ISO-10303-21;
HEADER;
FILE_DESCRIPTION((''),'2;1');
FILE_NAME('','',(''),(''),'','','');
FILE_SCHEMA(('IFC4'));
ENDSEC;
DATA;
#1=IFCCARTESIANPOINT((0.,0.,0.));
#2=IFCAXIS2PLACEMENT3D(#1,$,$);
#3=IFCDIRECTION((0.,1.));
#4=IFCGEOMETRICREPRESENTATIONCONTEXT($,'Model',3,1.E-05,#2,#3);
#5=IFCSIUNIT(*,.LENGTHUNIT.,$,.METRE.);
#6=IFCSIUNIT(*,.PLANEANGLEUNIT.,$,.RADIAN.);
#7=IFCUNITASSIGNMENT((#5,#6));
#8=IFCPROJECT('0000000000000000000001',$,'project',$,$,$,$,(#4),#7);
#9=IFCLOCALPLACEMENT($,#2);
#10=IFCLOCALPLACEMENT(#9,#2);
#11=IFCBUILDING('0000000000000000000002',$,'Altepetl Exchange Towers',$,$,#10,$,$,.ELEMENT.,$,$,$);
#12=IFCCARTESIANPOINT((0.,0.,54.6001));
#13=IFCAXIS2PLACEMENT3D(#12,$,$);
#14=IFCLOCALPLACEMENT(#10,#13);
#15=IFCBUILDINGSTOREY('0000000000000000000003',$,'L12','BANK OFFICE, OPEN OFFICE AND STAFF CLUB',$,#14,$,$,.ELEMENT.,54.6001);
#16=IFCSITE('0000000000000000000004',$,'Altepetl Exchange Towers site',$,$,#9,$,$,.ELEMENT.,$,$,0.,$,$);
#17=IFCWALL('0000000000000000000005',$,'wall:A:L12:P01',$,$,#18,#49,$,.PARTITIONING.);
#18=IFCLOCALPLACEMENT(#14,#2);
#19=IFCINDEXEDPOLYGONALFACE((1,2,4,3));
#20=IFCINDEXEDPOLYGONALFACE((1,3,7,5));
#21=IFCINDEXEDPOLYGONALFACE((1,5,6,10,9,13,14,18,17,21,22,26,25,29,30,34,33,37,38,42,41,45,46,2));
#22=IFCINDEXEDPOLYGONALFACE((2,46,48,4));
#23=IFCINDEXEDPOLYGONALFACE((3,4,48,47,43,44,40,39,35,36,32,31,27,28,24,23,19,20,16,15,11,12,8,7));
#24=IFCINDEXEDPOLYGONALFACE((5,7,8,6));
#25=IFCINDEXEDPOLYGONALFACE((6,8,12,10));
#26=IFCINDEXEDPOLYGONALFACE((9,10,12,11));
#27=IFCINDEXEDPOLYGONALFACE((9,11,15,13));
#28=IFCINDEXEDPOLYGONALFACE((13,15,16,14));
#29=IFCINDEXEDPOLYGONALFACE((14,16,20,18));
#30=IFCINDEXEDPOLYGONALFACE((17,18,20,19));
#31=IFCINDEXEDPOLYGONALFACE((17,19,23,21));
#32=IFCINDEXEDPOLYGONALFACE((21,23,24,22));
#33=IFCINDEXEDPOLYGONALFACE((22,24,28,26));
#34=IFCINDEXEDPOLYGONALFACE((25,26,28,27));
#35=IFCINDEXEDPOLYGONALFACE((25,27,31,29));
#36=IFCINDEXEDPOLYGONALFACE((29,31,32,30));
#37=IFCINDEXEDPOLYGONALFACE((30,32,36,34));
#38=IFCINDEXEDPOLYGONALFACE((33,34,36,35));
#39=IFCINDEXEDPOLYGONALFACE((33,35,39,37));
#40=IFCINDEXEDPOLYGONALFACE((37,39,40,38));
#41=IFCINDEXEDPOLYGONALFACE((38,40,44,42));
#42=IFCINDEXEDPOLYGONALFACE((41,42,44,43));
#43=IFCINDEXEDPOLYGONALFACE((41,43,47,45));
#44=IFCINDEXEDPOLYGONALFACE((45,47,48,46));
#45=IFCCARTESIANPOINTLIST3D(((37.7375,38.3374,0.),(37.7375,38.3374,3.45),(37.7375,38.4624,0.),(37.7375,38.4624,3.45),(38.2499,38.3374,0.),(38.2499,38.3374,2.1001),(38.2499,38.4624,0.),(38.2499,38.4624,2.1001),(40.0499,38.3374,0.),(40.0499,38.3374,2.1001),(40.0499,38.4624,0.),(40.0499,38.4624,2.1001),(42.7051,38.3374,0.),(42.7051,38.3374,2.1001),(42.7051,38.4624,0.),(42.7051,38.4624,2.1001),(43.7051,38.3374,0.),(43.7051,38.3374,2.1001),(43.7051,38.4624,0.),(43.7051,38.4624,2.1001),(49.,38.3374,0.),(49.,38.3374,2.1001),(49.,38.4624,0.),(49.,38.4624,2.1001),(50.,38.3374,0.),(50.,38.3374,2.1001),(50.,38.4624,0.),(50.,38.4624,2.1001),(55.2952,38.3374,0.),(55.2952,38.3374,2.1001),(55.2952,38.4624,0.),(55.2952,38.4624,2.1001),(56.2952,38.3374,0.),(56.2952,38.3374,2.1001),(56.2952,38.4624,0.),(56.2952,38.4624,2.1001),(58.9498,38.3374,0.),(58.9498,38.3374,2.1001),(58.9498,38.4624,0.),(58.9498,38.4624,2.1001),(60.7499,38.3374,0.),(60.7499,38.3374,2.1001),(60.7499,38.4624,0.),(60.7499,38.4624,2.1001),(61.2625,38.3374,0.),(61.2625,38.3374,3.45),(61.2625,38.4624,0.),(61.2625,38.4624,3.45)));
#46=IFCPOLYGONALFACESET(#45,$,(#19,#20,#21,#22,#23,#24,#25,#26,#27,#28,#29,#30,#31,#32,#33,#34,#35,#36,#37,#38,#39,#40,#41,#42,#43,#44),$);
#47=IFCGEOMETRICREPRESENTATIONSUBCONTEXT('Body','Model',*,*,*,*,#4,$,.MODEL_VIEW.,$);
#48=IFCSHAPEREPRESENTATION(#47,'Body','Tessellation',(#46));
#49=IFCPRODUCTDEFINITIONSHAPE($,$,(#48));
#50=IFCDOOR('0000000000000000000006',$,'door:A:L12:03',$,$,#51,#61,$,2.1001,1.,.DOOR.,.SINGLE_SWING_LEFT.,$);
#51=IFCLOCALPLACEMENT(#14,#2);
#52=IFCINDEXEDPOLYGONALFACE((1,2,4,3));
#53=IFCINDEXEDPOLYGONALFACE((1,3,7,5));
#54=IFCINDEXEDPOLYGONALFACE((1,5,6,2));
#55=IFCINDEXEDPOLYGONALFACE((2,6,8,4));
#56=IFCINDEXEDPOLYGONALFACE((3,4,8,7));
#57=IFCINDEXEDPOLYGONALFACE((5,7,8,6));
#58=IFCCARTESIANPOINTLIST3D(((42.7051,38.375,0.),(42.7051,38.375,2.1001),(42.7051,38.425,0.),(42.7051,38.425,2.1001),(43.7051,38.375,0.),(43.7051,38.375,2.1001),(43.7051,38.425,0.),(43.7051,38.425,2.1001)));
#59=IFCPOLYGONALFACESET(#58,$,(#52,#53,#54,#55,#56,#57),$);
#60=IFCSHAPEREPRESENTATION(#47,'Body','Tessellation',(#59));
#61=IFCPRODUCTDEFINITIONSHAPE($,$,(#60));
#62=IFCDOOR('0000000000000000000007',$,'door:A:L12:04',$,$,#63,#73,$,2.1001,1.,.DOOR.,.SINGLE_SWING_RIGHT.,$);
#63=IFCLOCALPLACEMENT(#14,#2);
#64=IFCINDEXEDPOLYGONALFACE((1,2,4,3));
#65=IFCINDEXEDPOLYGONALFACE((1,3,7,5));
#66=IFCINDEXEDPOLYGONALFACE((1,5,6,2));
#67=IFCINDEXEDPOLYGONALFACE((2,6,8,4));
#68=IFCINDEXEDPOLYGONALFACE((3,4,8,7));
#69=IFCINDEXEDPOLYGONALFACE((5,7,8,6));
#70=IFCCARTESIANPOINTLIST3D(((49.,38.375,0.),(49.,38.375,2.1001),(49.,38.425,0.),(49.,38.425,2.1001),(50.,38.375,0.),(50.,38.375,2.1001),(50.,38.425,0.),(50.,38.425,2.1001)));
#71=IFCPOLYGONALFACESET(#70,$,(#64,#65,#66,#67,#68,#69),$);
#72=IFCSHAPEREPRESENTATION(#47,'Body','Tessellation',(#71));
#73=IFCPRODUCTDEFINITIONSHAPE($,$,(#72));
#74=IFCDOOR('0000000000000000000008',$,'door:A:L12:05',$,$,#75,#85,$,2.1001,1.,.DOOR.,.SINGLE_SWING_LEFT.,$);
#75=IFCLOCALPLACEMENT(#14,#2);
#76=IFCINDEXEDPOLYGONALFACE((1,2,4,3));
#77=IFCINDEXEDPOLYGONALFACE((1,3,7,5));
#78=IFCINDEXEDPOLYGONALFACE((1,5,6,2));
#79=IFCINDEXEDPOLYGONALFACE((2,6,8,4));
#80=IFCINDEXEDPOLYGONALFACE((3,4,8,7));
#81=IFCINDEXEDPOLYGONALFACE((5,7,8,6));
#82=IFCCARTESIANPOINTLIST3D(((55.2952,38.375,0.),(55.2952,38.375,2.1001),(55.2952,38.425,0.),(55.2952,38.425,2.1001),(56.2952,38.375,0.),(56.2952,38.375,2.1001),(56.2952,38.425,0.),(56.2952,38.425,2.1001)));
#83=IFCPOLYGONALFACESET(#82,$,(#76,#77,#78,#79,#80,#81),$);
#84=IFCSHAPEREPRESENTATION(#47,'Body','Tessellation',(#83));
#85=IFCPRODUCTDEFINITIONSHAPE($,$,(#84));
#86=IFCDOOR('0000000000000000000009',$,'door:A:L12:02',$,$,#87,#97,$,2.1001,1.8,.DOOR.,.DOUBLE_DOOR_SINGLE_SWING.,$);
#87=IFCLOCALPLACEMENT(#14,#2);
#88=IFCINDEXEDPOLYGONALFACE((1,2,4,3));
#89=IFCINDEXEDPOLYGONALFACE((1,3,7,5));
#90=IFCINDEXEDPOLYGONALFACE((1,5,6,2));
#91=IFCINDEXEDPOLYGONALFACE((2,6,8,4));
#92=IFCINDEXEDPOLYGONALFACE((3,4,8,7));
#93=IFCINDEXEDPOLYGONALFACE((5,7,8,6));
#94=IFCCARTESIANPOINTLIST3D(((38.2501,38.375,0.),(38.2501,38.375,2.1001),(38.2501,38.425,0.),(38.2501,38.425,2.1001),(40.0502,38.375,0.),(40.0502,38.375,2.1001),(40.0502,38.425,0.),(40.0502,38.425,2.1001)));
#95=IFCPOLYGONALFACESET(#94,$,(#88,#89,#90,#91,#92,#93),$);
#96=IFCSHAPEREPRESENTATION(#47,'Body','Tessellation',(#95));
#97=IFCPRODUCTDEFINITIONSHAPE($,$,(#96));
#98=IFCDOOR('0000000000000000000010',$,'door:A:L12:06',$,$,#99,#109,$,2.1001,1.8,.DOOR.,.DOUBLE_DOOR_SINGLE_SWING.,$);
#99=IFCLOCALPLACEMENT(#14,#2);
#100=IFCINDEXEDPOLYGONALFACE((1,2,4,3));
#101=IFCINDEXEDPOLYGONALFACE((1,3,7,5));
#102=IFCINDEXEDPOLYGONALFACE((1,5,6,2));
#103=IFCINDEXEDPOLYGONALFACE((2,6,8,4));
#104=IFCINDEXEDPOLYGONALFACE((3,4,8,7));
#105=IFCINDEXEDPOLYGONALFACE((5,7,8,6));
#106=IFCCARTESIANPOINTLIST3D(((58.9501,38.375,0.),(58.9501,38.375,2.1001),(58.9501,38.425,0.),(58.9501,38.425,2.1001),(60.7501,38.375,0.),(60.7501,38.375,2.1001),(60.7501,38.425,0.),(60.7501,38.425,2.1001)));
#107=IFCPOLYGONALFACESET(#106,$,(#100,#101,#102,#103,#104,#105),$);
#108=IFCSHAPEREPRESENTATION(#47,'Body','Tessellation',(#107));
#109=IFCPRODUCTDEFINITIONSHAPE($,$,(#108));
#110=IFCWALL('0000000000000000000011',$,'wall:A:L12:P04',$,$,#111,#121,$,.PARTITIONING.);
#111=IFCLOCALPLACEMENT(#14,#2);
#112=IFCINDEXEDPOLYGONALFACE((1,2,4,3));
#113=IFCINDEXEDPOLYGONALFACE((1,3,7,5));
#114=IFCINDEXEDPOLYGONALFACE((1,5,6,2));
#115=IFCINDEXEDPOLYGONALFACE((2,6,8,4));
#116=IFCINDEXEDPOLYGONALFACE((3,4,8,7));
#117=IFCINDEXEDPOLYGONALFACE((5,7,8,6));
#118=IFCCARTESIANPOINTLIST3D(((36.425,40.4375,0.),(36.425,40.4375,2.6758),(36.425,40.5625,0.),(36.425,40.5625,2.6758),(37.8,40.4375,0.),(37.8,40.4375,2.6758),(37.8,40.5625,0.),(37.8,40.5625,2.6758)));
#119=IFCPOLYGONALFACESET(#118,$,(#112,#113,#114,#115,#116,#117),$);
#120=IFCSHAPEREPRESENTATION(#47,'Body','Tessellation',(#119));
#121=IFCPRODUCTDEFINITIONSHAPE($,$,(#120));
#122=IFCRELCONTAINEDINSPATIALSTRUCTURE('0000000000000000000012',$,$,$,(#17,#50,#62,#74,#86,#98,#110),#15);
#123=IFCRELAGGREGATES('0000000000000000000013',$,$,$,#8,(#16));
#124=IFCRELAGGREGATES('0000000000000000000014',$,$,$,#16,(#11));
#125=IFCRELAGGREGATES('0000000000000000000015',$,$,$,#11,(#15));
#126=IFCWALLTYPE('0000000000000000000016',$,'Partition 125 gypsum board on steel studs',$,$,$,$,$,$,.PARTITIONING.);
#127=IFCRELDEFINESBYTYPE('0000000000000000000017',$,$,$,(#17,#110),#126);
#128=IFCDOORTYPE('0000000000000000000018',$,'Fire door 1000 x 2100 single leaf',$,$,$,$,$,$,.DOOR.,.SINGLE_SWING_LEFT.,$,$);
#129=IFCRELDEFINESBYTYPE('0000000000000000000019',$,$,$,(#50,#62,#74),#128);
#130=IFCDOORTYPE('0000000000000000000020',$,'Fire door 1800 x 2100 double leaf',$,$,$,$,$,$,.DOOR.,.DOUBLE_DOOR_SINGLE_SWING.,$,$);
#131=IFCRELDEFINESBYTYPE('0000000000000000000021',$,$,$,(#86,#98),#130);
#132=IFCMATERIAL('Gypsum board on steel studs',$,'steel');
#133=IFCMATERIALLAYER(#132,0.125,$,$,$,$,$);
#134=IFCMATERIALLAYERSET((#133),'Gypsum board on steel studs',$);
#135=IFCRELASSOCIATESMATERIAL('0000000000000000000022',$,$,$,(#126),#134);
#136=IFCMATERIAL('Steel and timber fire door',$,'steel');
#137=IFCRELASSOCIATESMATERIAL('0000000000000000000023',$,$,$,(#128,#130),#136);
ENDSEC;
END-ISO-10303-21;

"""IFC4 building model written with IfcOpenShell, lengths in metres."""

from ifc_helpers import new_model, si_unit, direction, frame, frame_2d, origin, place, context, subcontext, project, spatial, rectangle, extrude, material, layer, layer_set, type_object, element, fill, save


model = new_model("IFC4")

# Units and contexts
model_context = context("Model", 3, precision=1e-05, world=origin(), true_north=direction((0.0, 1.0)))
body_context = subcontext(model_context, "Body", "Model", "MODEL_VIEW")
ifc_project = project(units=[si_unit("LENGTHUNIT", "METRE"), si_unit("PLANEANGLEUNIT", "RADIAN")], contexts=[model_context])

# Site, building, storey
site_placement = place(None, origin())
site = spatial("IfcSite", under=ifc_project, at=site_placement, Name="Altepetl Exchange Towers site", CompositionType="ELEMENT", RefElevation=0.0)
building_placement = place(site_placement, origin())
building = spatial("IfcBuilding", under=site, at=building_placement, Name="Altepetl Exchange Towers", CompositionType="ELEMENT")
storey_placement = place(building_placement, frame((0.0, 0.0, 54.6001)))
storey = spatial("IfcBuildingStorey", under=building, at=storey_placement, Name="L12", Description="BANK OFFICE, OPEN OFFICE AND STAFF CLUB", CompositionType="ELEMENT", Elevation=54.6001)

# Wall, openings, doors
ifc_material_1 = material(Name="Steel and timber fire door", Category="steel")
ifc_material_2 = material(Name="Gypsum board on steel studs", Category="steel")
ifc_layer_1 = layer(ifc_material_2, 0.125)
ifc_layer_set_1 = layer_set([ifc_layer_1], Name="Gypsum board on steel studs")
wall_type_1 = type_object("IfcWallType", Name="Partition 125 gypsum board on steel studs", PredefinedType="PARTITIONING", material=ifc_layer_set_1)
wall_1_placement = place(storey_placement, frame((37.7375, 38.3999, 0.0)))
wall_1 = element("IfcWall", 1, at=wall_1_placement, inside=storey, type_object=wall_type_1, Name="wall:A:L12:P01", PredefinedType="PARTITIONING", context=body_context, shape_type="SweptSolid", body=[
    extrude(rectangle(XDim=23.5249, YDim=0.125, at=frame_2d((11.7625, 0.0))), origin(), (0.0, 0.0, 1.0), 3.45),
])
opening_1_placement = place(wall_1_placement, frame((0.5125, 0.0, 0.0)))
opening_1 = element("IfcOpeningElement", 2, at=opening_1_placement, cuts=wall_1, PredefinedType="OPENING", context=body_context, shape_type="SweptSolid", body=[
    extrude(rectangle(XDim=1.8, YDim=2.1001, at=frame_2d((0.8999, 1.05))), frame((0.0, 0.0725, 0.0), z_axis=(0.0, -1.0, 0.0), x_axis=(1.0, 0.0, 0.0)), (0.0, 0.0, 1.0), 0.145),
])
opening_2_placement = place(wall_1_placement, frame((4.9675, 0.0, 0.0)))
opening_2 = element("IfcOpeningElement", 3, at=opening_2_placement, cuts=wall_1, PredefinedType="OPENING", context=body_context, shape_type="SweptSolid", body=[
    extrude(rectangle(XDim=1.0, YDim=2.1001, at=frame_2d((0.5, 1.05))), frame((0.0, 0.0725, 0.0), z_axis=(0.0, -1.0, 0.0), x_axis=(1.0, 0.0, 0.0)), (0.0, 0.0, 1.0), 0.145),
])
opening_3_placement = place(wall_1_placement, frame((11.2625, 0.0, 0.0)))
opening_3 = element("IfcOpeningElement", 4, at=opening_3_placement, cuts=wall_1, PredefinedType="OPENING", context=body_context, shape_type="SweptSolid", body=[
    extrude(rectangle(XDim=1.0, YDim=2.1001, at=frame_2d((0.5, 1.05))), frame((0.0, 0.0725, 0.0), z_axis=(0.0, -1.0, 0.0), x_axis=(1.0, 0.0, 0.0)), (0.0, 0.0, 1.0), 0.145),
])
opening_4_placement = place(wall_1_placement, frame((17.5576, 0.0, 0.0)))
opening_4 = element("IfcOpeningElement", 5, at=opening_4_placement, cuts=wall_1, PredefinedType="OPENING", context=body_context, shape_type="SweptSolid", body=[
    extrude(rectangle(XDim=1.0, YDim=2.1001, at=frame_2d((0.5, 1.05))), frame((0.0, 0.0725, 0.0), z_axis=(0.0, -1.0, 0.0), x_axis=(1.0, 0.0, 0.0)), (0.0, 0.0, 1.0), 0.145),
])
opening_5_placement = place(wall_1_placement, frame((21.2124, 0.0, 0.0)))
opening_5 = element("IfcOpeningElement", 6, at=opening_5_placement, cuts=wall_1, PredefinedType="OPENING", context=body_context, shape_type="SweptSolid", body=[
    extrude(rectangle(XDim=1.8, YDim=2.1001, at=frame_2d((0.8999, 1.05))), frame((0.0, 0.0725, 0.0), z_axis=(0.0, -1.0, 0.0), x_axis=(1.0, 0.0, 0.0)), (0.0, 0.0, 1.0), 0.145),
])
door_type_1 = type_object("IfcDoorType", Name="Fire door 1000 x 2100 single leaf", OperationType="SINGLE_SWING_LEFT", PredefinedType="DOOR", material=ifc_material_1)
door_1_placement = place(opening_2_placement, frame((1.0, 0.0, 0.0), x_axis=(-1.0, 0.0, 0.0)))
door_1 = element("IfcDoor", 7, at=door_1_placement, inside=storey, type_object=door_type_1, Name="door:A:L12:03", OperationType="SINGLE_SWING_LEFT", OverallHeight=2.1001, OverallWidth=1.0, PredefinedType="DOOR", context=body_context, shape_type="SweptSolid", body=[
    extrude(rectangle(XDim=1.0, YDim=2.1001, at=frame_2d((0.5, 1.05))), frame((0.0, 0.0249, 0.0), z_axis=(0.0, -1.0, 0.0), x_axis=(1.0, 0.0, 0.0)), (0.0, 0.0, 1.0), 0.05),
])
fill(opening_2, door_1)
door_2_placement = place(opening_3_placement, frame((1.0, 0.0, 0.0), x_axis=(-1.0, 0.0, 0.0)))
door_2 = element("IfcDoor", 8, at=door_2_placement, inside=storey, type_object=door_type_1, Name="door:A:L12:04", OperationType="SINGLE_SWING_RIGHT", OverallHeight=2.1001, OverallWidth=1.0, PredefinedType="DOOR", context=body_context, shape_type="SweptSolid", body=[
    extrude(rectangle(XDim=1.0, YDim=2.1001, at=frame_2d((0.5, 1.05))), frame((0.0, 0.0249, 0.0), z_axis=(0.0, -1.0, 0.0), x_axis=(1.0, 0.0, 0.0)), (0.0, 0.0, 1.0), 0.05),
])
fill(opening_3, door_2)
door_3_placement = place(opening_4_placement, frame((1.0, 0.0, 0.0), x_axis=(-1.0, 0.0, 0.0)))
door_3 = element("IfcDoor", 9, at=door_3_placement, inside=storey, type_object=door_type_1, Name="door:A:L12:05", OperationType="SINGLE_SWING_LEFT", OverallHeight=2.1001, OverallWidth=1.0, PredefinedType="DOOR", context=body_context, shape_type="SweptSolid", body=[
    extrude(rectangle(XDim=1.0, YDim=2.1001, at=frame_2d((0.5, 1.05))), frame((0.0, 0.0249, 0.0), z_axis=(0.0, -1.0, 0.0), x_axis=(1.0, 0.0, 0.0)), (0.0, 0.0, 1.0), 0.05),
])
fill(opening_4, door_3)
door_type_2 = type_object("IfcDoorType", Name="Fire door 1800 x 2100 double leaf", OperationType="DOUBLE_DOOR_SINGLE_SWING", PredefinedType="DOOR", material=ifc_material_1)
door_4_placement = place(opening_1_placement, frame((1.8, 0.0, 0.0), x_axis=(-1.0, 0.0, 0.0)))
door_4 = element("IfcDoor", 10, at=door_4_placement, inside=storey, type_object=door_type_2, Name="door:A:L12:02", OperationType="DOUBLE_DOOR_SINGLE_SWING", OverallHeight=2.1001, OverallWidth=1.8, PredefinedType="DOOR", context=body_context, shape_type="SweptSolid", body=[
    extrude(rectangle(XDim=1.8, YDim=2.1001, at=frame_2d((0.8999, 1.05))), frame((0.0, 0.0249, 0.0), z_axis=(0.0, -1.0, 0.0), x_axis=(1.0, 0.0, 0.0)), (0.0, 0.0, 1.0), 0.05),
])
fill(opening_1, door_4)
door_5_placement = place(opening_5_placement, frame((1.8, 0.0, 0.0), x_axis=(-1.0, 0.0, 0.0)))
door_5 = element("IfcDoor", 11, at=door_5_placement, inside=storey, type_object=door_type_2, Name="door:A:L12:06", OperationType="DOUBLE_DOOR_SINGLE_SWING", OverallHeight=2.1001, OverallWidth=1.8, PredefinedType="DOOR", context=body_context, shape_type="SweptSolid", body=[
    extrude(rectangle(XDim=1.8, YDim=2.1001, at=frame_2d((0.8999, 1.05))), frame((0.0, 0.0249, 0.0), z_axis=(0.0, -1.0, 0.0), x_axis=(1.0, 0.0, 0.0)), (0.0, 0.0, 1.0), 0.05),
])
fill(opening_5, door_5)

# Wall
wall_2_placement = place(storey_placement, frame((36.425, 40.5, 0.0)))
element("IfcWall", 12, at=wall_2_placement, inside=storey, type_object=wall_type_1, Name="wall:A:L12:P04", PredefinedType="PARTITIONING", context=body_context, shape_type="SweptSolid", body=[
    extrude(rectangle(XDim=1.375, YDim=0.125, at=frame_2d((0.6875, 0.0))), origin(), (0.0, 0.0, 1.0), 2.6758),
])

save(model, "model.ifc")
